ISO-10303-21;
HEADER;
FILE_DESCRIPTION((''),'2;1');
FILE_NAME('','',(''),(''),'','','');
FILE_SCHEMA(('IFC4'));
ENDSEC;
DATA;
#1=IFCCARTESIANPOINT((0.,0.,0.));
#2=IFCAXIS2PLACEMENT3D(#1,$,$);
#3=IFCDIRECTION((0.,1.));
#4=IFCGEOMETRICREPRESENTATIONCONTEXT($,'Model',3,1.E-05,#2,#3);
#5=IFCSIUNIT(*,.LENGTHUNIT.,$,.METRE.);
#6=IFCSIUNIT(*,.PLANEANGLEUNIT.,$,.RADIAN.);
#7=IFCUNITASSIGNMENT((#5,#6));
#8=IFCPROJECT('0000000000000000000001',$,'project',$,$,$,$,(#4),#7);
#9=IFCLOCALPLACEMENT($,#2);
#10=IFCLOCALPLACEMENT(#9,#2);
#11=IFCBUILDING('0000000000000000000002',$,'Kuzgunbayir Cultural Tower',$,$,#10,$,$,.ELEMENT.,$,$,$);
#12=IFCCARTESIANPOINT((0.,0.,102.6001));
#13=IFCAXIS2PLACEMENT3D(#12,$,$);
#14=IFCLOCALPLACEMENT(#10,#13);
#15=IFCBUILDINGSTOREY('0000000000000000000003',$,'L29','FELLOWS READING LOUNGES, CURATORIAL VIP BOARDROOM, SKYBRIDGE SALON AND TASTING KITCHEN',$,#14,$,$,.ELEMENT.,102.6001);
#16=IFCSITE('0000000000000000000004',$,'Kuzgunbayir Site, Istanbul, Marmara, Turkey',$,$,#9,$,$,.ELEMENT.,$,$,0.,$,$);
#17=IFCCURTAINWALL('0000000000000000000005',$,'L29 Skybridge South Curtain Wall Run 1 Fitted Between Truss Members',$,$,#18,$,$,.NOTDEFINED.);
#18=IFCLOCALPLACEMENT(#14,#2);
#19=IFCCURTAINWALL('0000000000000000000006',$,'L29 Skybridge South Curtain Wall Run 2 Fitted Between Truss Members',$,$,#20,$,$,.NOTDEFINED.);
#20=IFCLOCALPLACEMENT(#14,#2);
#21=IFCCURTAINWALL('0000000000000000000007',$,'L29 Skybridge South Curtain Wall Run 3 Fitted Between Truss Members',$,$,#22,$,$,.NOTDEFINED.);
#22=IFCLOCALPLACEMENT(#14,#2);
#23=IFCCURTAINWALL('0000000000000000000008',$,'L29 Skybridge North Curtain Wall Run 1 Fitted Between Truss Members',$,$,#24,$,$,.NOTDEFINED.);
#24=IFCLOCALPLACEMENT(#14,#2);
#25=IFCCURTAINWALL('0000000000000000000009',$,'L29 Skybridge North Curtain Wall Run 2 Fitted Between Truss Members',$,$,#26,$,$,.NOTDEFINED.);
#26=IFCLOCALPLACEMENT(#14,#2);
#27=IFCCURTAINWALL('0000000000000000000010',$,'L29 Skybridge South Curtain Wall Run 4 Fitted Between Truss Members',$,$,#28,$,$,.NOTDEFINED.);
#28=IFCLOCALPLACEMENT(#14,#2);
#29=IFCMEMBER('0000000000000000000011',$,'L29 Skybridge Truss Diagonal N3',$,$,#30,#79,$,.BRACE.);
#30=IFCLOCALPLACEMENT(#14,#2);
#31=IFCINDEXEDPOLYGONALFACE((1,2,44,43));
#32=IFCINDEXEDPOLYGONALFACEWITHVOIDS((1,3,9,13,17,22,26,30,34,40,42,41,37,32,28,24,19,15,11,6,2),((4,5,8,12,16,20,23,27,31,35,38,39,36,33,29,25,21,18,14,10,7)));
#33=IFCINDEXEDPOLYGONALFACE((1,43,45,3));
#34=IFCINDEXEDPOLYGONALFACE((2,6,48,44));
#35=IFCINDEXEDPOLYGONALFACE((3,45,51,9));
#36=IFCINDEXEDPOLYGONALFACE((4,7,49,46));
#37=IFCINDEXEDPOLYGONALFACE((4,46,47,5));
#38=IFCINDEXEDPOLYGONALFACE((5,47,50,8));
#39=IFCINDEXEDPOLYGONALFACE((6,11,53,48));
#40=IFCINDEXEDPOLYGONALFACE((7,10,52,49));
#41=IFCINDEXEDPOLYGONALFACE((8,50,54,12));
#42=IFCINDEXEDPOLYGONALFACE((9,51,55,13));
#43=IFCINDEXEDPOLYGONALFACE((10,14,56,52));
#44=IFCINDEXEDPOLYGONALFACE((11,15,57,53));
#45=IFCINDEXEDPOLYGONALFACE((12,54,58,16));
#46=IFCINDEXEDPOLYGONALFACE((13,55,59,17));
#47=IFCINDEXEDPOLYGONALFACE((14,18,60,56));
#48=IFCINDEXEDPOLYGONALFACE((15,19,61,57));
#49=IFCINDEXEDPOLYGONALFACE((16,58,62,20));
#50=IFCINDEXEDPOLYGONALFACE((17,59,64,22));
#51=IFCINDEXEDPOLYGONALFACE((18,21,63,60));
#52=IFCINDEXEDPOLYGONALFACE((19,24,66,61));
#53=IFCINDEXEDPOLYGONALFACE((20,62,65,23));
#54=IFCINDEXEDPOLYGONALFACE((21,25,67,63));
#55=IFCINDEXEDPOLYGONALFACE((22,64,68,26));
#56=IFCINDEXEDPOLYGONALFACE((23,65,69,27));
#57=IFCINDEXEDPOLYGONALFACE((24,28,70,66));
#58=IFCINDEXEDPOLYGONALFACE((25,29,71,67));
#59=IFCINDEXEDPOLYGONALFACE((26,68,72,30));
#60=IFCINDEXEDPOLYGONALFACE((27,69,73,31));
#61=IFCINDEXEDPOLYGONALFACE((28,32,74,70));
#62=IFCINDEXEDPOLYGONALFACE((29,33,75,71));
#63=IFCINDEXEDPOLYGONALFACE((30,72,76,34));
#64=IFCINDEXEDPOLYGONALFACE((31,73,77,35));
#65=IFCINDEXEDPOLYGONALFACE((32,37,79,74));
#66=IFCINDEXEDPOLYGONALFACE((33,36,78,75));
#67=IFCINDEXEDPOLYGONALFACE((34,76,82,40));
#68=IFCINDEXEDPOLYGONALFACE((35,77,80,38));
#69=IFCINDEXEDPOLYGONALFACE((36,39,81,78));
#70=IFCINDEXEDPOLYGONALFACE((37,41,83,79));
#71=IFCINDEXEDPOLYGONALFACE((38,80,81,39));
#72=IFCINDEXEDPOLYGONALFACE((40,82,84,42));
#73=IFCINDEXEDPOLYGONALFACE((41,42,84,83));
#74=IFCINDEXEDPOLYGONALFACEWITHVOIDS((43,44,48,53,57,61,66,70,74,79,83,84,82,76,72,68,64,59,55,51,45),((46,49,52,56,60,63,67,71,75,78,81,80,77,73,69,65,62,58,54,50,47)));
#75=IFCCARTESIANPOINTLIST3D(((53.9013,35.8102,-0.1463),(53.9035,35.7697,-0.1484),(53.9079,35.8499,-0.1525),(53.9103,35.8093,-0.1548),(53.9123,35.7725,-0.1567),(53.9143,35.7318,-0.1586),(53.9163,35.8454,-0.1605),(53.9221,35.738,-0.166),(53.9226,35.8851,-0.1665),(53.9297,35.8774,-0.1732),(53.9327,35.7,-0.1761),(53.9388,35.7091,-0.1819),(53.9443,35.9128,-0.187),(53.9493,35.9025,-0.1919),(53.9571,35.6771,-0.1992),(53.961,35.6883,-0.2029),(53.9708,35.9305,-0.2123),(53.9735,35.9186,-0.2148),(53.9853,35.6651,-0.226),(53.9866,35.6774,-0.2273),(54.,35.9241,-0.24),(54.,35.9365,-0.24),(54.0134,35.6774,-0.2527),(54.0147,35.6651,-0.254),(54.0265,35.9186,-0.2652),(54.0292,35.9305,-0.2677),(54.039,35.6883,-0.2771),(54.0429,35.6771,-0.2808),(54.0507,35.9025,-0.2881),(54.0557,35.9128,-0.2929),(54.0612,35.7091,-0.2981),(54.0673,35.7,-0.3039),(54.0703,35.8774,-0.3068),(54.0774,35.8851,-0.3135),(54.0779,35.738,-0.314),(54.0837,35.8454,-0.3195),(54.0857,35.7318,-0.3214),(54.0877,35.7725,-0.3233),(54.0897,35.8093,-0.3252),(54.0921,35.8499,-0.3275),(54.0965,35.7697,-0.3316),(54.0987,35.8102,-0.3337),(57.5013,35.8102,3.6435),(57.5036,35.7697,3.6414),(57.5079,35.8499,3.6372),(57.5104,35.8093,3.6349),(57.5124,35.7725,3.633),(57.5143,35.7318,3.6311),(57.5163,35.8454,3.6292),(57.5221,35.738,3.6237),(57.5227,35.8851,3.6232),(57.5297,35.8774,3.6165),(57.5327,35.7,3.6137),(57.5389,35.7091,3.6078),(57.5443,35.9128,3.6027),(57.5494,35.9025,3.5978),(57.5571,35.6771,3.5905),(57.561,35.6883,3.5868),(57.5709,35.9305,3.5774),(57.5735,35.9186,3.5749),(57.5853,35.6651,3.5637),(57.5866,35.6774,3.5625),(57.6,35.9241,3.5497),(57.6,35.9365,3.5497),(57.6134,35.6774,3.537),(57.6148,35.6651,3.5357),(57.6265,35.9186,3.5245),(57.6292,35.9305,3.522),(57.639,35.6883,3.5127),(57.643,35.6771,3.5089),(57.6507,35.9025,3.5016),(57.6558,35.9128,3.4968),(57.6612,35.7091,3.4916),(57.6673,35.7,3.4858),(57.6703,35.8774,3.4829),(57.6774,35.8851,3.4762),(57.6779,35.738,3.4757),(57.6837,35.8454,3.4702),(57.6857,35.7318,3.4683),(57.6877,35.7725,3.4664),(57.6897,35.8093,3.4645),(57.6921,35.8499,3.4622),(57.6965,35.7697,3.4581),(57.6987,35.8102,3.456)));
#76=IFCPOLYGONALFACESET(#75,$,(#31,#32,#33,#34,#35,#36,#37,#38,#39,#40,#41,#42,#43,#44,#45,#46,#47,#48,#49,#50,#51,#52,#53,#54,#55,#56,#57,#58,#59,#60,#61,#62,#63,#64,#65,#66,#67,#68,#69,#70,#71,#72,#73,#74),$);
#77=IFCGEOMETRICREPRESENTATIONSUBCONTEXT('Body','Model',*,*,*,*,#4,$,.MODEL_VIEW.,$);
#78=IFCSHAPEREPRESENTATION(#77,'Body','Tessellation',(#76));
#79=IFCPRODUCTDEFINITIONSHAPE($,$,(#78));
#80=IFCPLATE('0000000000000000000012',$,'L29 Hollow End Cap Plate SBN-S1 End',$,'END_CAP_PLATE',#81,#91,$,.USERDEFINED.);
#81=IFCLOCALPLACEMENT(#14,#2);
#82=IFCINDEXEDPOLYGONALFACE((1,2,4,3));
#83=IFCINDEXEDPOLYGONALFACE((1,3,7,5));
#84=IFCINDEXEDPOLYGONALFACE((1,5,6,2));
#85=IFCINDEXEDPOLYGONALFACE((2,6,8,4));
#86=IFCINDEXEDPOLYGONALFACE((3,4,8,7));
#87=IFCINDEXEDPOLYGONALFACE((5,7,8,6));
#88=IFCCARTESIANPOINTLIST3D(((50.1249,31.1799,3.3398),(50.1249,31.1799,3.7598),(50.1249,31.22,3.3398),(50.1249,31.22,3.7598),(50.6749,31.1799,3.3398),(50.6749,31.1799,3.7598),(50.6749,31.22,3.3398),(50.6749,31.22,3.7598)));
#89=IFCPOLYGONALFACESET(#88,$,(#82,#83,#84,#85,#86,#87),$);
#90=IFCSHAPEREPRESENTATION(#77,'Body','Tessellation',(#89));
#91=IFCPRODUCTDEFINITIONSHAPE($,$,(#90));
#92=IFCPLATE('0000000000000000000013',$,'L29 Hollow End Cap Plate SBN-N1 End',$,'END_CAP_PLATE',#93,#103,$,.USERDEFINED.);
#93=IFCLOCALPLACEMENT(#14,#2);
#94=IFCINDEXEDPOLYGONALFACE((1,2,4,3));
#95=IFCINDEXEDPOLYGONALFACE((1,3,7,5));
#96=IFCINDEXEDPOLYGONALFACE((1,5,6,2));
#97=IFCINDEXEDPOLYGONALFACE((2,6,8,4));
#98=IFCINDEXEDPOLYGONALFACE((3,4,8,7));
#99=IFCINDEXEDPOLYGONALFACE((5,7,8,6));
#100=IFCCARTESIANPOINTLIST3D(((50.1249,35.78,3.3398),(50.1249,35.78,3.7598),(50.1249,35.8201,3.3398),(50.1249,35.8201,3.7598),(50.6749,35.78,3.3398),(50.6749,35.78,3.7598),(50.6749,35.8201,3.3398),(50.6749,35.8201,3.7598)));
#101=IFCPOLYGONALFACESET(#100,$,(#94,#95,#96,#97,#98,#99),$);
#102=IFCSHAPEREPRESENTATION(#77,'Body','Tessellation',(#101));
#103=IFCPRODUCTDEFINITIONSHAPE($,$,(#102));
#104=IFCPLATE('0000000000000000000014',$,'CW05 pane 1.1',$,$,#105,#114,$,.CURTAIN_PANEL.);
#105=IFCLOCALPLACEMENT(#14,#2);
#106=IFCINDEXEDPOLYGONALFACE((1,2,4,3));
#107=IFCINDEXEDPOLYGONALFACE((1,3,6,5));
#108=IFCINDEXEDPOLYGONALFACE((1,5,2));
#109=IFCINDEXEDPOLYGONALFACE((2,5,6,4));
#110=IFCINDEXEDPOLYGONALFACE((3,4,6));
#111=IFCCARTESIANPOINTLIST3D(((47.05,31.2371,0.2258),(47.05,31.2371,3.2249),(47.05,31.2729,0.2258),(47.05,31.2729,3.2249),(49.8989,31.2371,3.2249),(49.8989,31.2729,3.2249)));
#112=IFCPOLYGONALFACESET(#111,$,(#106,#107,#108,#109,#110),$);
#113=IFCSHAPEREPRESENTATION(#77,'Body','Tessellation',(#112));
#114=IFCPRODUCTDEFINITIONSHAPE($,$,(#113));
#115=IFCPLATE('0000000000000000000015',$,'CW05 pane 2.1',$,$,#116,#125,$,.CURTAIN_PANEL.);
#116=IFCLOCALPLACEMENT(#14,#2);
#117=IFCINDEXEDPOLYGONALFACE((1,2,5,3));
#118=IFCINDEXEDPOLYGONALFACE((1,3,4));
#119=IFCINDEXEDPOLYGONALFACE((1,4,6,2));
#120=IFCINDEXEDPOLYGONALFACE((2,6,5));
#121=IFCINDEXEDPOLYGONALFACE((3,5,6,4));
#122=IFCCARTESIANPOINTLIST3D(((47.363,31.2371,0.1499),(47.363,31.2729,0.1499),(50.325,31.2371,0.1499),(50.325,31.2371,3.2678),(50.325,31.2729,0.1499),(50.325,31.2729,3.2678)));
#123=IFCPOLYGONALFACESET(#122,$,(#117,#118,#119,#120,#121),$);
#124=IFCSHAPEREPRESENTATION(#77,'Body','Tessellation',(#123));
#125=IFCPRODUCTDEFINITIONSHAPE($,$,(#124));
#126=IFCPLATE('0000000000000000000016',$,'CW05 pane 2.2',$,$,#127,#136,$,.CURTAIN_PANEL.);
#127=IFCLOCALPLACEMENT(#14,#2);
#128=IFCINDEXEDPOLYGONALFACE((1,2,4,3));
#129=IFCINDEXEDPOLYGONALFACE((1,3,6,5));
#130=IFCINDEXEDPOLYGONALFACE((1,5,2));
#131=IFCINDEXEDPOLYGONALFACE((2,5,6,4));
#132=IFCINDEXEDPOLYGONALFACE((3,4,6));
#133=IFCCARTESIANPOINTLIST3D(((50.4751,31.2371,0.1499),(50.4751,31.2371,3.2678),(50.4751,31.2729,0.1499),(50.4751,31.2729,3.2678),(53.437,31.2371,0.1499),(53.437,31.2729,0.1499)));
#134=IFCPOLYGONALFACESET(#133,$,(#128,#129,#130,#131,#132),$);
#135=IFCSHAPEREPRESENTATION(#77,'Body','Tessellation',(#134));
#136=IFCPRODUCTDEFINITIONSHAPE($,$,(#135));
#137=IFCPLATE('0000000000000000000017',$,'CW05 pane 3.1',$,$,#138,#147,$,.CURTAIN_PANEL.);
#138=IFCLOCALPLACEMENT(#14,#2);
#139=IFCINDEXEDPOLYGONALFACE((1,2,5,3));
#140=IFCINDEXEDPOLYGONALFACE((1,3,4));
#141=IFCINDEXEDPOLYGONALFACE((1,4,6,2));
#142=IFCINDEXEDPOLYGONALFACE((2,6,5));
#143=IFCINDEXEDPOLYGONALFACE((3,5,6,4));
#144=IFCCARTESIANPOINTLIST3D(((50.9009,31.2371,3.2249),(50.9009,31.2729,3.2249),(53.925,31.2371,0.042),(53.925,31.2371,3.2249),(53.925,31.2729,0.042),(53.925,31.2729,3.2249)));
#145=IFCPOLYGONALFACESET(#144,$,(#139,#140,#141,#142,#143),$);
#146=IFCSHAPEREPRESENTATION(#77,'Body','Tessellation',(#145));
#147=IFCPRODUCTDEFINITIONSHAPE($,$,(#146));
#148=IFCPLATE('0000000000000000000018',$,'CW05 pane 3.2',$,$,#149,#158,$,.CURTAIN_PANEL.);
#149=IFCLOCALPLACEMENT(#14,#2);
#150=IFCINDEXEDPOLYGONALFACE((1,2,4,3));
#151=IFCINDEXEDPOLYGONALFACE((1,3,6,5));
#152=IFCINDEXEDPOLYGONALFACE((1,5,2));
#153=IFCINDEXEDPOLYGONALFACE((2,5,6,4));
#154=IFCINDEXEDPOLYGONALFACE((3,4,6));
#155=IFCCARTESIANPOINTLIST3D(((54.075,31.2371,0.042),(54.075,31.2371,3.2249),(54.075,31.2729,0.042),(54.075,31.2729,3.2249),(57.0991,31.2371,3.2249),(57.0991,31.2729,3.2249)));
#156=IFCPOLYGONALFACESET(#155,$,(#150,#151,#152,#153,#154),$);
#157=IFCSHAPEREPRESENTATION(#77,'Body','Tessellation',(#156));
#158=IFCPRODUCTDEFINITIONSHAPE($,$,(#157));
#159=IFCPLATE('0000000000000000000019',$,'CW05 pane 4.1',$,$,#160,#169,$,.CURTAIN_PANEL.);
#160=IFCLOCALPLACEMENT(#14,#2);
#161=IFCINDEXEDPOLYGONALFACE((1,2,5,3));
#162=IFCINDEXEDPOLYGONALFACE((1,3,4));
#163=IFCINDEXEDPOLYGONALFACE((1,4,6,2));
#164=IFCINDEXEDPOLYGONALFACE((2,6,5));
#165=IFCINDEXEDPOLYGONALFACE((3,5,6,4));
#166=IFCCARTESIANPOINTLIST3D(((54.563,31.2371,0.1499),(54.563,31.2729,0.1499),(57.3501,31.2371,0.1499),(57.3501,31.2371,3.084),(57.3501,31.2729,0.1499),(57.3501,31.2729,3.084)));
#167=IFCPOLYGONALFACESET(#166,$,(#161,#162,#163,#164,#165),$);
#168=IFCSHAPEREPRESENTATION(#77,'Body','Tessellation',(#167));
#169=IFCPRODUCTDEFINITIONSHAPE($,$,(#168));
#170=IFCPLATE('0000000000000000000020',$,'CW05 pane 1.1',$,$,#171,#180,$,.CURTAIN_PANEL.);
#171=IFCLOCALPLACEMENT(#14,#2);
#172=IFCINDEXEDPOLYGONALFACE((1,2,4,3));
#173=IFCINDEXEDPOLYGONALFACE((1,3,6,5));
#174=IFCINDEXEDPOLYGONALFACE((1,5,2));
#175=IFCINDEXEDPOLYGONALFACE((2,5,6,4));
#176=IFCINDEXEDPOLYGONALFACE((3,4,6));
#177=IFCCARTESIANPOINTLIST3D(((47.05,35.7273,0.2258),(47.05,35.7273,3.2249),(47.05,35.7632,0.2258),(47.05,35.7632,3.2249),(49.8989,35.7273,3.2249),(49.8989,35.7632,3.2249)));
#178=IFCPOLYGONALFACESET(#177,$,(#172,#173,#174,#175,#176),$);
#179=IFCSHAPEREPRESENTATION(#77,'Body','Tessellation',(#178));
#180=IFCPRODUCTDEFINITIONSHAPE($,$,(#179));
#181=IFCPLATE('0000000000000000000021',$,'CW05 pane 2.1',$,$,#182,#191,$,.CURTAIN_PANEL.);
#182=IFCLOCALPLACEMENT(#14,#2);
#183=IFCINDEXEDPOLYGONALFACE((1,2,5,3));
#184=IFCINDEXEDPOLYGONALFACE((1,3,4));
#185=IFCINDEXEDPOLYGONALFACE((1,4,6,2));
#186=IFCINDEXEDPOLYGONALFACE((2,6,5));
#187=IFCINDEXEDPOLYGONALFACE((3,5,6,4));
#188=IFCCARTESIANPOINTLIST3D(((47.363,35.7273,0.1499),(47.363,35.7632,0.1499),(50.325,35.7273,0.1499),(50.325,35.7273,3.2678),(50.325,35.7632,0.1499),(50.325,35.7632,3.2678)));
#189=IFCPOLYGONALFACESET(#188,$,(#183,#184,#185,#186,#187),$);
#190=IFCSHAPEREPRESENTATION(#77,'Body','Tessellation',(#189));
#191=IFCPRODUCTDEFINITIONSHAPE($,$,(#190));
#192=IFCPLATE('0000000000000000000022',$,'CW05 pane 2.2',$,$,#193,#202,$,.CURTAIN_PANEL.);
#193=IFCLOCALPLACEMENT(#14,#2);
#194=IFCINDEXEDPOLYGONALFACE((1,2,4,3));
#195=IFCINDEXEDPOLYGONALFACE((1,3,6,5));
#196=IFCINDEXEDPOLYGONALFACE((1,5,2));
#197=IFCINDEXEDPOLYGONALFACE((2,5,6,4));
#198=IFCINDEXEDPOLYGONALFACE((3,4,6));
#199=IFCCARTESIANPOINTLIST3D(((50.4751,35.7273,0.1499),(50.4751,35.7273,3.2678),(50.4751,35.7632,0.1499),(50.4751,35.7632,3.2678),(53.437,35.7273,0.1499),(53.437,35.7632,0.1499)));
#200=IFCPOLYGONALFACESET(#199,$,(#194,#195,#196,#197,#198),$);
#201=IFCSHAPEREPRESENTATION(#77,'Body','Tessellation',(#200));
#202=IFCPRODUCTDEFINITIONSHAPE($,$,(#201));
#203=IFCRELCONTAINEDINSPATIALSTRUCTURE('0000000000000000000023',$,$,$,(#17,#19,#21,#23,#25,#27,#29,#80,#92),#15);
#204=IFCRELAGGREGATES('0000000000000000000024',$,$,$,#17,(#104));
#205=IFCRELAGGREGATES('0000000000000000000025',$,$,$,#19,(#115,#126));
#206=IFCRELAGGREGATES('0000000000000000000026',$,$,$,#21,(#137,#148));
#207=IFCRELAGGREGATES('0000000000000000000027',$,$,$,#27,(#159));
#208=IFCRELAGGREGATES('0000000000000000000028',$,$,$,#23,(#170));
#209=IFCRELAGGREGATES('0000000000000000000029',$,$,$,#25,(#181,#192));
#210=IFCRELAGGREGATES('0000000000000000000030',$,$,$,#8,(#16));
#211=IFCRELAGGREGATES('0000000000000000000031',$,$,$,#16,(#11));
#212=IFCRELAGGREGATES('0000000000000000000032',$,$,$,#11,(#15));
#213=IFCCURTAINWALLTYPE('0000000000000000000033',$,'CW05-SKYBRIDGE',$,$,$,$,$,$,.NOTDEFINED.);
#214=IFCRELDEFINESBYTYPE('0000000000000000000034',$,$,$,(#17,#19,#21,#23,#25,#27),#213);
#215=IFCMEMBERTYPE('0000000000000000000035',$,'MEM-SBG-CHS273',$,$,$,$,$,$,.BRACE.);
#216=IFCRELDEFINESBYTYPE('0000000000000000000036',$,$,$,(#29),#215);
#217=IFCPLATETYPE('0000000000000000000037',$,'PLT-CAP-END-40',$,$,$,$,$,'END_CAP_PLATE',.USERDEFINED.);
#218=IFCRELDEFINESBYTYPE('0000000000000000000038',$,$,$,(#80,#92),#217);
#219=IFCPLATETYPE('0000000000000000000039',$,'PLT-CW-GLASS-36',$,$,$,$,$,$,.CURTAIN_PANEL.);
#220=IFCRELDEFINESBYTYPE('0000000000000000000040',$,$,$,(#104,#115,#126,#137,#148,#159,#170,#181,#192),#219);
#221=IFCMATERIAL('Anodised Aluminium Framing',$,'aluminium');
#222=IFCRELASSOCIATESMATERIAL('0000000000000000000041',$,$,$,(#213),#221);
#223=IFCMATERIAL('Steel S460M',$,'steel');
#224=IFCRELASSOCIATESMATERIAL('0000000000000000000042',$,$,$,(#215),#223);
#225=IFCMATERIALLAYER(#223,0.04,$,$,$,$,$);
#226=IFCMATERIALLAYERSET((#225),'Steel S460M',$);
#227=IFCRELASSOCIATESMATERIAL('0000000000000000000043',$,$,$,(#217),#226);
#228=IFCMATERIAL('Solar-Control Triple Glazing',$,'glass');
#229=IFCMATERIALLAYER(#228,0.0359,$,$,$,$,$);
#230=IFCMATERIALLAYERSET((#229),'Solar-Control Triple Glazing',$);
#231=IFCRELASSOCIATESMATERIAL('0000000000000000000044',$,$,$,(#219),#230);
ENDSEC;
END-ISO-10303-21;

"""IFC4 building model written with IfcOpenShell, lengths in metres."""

from ifc_helpers import new_model, si_unit, direction, frame, origin, origin_2d, place, context, subcontext, project, spatial, polyline, rectangle, hollow_circle, outline, extrude, material, layer, layer_set, material_profile, profile_set, type_object, element, aggregate, save


model = new_model("IFC4")

# Units and contexts
model_context = context("Model", 3, precision=1e-05, world=origin(), true_north=direction((0.0, 1.0)))
body_context = subcontext(model_context, "Body", "Model", "MODEL_VIEW")
ifc_project = project(units=[si_unit("LENGTHUNIT", "METRE"), si_unit("PLANEANGLEUNIT", "RADIAN")], contexts=[model_context])

# Site, building, storey
site_placement = place(None, origin())
site = spatial("IfcSite", under=ifc_project, at=site_placement, Name="Kuzgunbayir Site, Istanbul, Marmara, Turkey", CompositionType="ELEMENT", RefElevation=0.0)
building_placement = place(site_placement, origin())
building = spatial("IfcBuilding", under=site, at=building_placement, Name="Kuzgunbayir Cultural Tower", CompositionType="ELEMENT")
storey_placement = place(building_placement, frame((0.0, 0.0, 102.6001)))
storey = spatial("IfcBuildingStorey", under=building, at=storey_placement, Name="L29", Description="FELLOWS READING LOUNGES, CURATORIAL VIP BOARDROOM, SKYBRIDGE SALON AND TASTING KITCHEN", CompositionType="ELEMENT", Elevation=102.6001)

# Curtain walls
ifc_material_1 = material(Name="Anodised Aluminium Framing", Category="aluminium")
curtain_wall_type = type_object("IfcCurtainWallType", Name="CW05-SKYBRIDGE", PredefinedType="NOTDEFINED", material=ifc_material_1)
curtain_wall_1_placement = place(storey_placement, origin())
curtain_wall_1 = element("IfcCurtainWall", 1, at=curtain_wall_1_placement, inside=storey, type_object=curtain_wall_type, Name="L29 Skybridge South Curtain Wall Run 1 Fitted Between Truss Members", PredefinedType="NOTDEFINED")
curtain_wall_2_placement = place(storey_placement, origin())
curtain_wall_2 = element("IfcCurtainWall", 2, at=curtain_wall_2_placement, inside=storey, type_object=curtain_wall_type, Name="L29 Skybridge South Curtain Wall Run 2 Fitted Between Truss Members", PredefinedType="NOTDEFINED")
curtain_wall_3_placement = place(storey_placement, origin())
curtain_wall_3 = element("IfcCurtainWall", 3, at=curtain_wall_3_placement, inside=storey, type_object=curtain_wall_type, Name="L29 Skybridge South Curtain Wall Run 3 Fitted Between Truss Members", PredefinedType="NOTDEFINED")
curtain_wall_4_placement = place(storey_placement, origin())
curtain_wall_4 = element("IfcCurtainWall", 4, at=curtain_wall_4_placement, inside=storey, type_object=curtain_wall_type, Name="L29 Skybridge North Curtain Wall Run 1 Fitted Between Truss Members", PredefinedType="NOTDEFINED")
curtain_wall_5_placement = place(storey_placement, origin())
curtain_wall_5 = element("IfcCurtainWall", 5, at=curtain_wall_5_placement, inside=storey, type_object=curtain_wall_type, Name="L29 Skybridge North Curtain Wall Run 2 Fitted Between Truss Members", PredefinedType="NOTDEFINED")

# Curtain wall
curtain_wall_6_placement = place(storey_placement, origin())
curtain_wall_6 = element("IfcCurtainWall", 6, at=curtain_wall_6_placement, inside=storey, type_object=curtain_wall_type, Name="L29 Skybridge South Curtain Wall Run 4 Fitted Between Truss Members", PredefinedType="NOTDEFINED")

# Member
ifc_material_2 = material(Name="Steel S460M", Category="steel")
ifc_material_profile_1 = material_profile(ifc_material_2, hollow_circle(Radius=0.1365, WallThickness=0.0125, at=origin_2d()), Name="CHS 273x12.5")
ifc_profile_set_1 = profile_set([ifc_material_profile_1], Name="Steel S460M")
member_type_1 = type_object("IfcMemberType", Name="MEM-SBG-CHS273", PredefinedType="BRACE", material=ifc_profile_set_1)
for number, where, z_axis, x_axis, name in (
    (7, (54.0, 35.8, -0.24), (0.688729, 0.0, 0.725019), (0.0, 1.0, 0.0), "L29 Skybridge Truss Diagonal N3"),
):
    element("IfcMember", number, at=place(storey_placement, frame(where, z_axis=z_axis, x_axis=x_axis)), inside=storey, type_object=member_type_1, Name=name, PredefinedType="BRACE", context=body_context, shape_type="SweptSolid", body=[
        extrude(hollow_circle(Radius=0.1365, WallThickness=0.0125, at=origin_2d()), origin(), (0.0, 0.0, 1.0), 5.2271),
    ])

# Plates
ifc_layer_1 = layer(ifc_material_2, 0.04)
ifc_layer_set_1 = layer_set([ifc_layer_1], Name="Steel S460M")
plate_type_1 = type_object("IfcPlateType", Name="PLT-CAP-END-40", ElementType="END_CAP_PLATE", PredefinedType="USERDEFINED", material=ifc_layer_set_1)
for number, where, z_axis, x_axis, name in (
    (8, (50.3999, 31.2, 3.3398), (0.0, 0.0, 1.0), (1.0, 0.0, 0.0), "L29 Hollow End Cap Plate SBN-S1 End"),
    (9, (50.3999, 35.8, 3.3398), (0.0, 0.0, 1.0), (1.0, 0.0, 0.0), "L29 Hollow End Cap Plate SBN-N1 End"),
):
    element("IfcPlate", number, at=place(storey_placement, frame(where, z_axis=z_axis, x_axis=x_axis)), inside=storey, type_object=plate_type_1, Name=name, ObjectType="END_CAP_PLATE", PredefinedType="USERDEFINED", context=body_context, shape_type="SweptSolid", body=[
        extrude(rectangle(XDim=0.55, YDim=0.04, at=origin_2d()), origin(), (0.0, 0.0, 1.0), 0.4199),
    ])

# Plates
ifc_material_3 = material(Name="Solar-Control Triple Glazing", Category="glass")
ifc_layer_2 = layer(ifc_material_3, 0.0359)
ifc_layer_set_2 = layer_set([ifc_layer_2], Name="Solar-Control Triple Glazing")
plate_type_2 = type_object("IfcPlateType", Name="PLT-CW-GLASS-36", PredefinedType="CURTAIN_PANEL", material=ifc_layer_set_2)
plate_1_placement = place(storey_placement, frame((47.05, 31.2729, 0.2258), z_axis=(0.0, 1.0, 0.0), x_axis=(0.0, 0.0, 1.0)))
plate_1 = element("IfcPlate", 10, at=plate_1_placement, type_object=plate_type_2, Name="CW05 pane 1.1", PredefinedType="CURTAIN_PANEL", context=body_context, shape_type="SweptSolid", body=[
    extrude(outline(polyline([(0.0, 0.0), (2.999, 0.0), (2.999, 2.8489), (0.0, 0.0)])), origin(), (0.0, 0.0, -1.0), 0.0359),
])
aggregate(curtain_wall_1, [plate_1])
plate_2_placement = place(storey_placement, frame((47.363, 31.2729, 0.1499), z_axis=(0.0, 1.0, 0.0), x_axis=(1.0, 0.0, 0.0)))
plate_2 = element("IfcPlate", 11, at=plate_2_placement, type_object=plate_type_2, Name="CW05 pane 2.1", PredefinedType="CURTAIN_PANEL", context=body_context, shape_type="SweptSolid", body=[
    extrude(outline(polyline([(0.0, 0.0), (2.9619, 0.0), (2.9619, -3.1179), (0.0, 0.0)])), origin(), (0.0, 0.0, -1.0), 0.0359),
])
plate_3_placement = place(storey_placement, frame((50.4751, 31.2729, 0.1499), z_axis=(0.0, 1.0, 0.0), x_axis=(1.0, 0.0, 0.0)))
plate_3 = element("IfcPlate", 12, at=plate_3_placement, type_object=plate_type_2, Name="CW05 pane 2.2", PredefinedType="CURTAIN_PANEL", context=body_context, shape_type="SweptSolid", body=[
    extrude(outline(polyline([(0.0, 0.0), (2.9619, 0.0), (0.0, -3.1179), (0.0, 0.0)])), origin(), (0.0, 0.0, -1.0), 0.0359),
])
aggregate(curtain_wall_2, [plate_2, plate_3])
plate_4_placement = place(storey_placement, frame((50.9009, 31.2729, 3.2249), z_axis=(0.0, 1.0, 0.0), x_axis=(1.0, 0.0, 0.0)))
plate_4 = element("IfcPlate", 13, at=plate_4_placement, type_object=plate_type_2, Name="CW05 pane 3.1", PredefinedType="CURTAIN_PANEL", context=body_context, shape_type="SweptSolid", body=[
    extrude(outline(polyline([(0.0, 0.0), (3.0242, 0.0), (3.0242, 3.1829), (0.0, 0.0)])), origin(), (0.0, 0.0, -1.0), 0.0359),
])
plate_5_placement = place(storey_placement, frame((54.075, 31.2729, 3.2249), z_axis=(0.0, 1.0, 0.0), x_axis=(1.0, 0.0, 0.0)))
plate_5 = element("IfcPlate", 14, at=plate_5_placement, type_object=plate_type_2, Name="CW05 pane 3.2", PredefinedType="CURTAIN_PANEL", context=body_context, shape_type="SweptSolid", body=[
    extrude(outline(polyline([(0.0, 0.0), (3.0242, 0.0), (0.0, 3.1829), (0.0, 0.0)])), origin(), (0.0, 0.0, -1.0), 0.0359),
])
aggregate(curtain_wall_3, [plate_4, plate_5])
plate_6_placement = place(storey_placement, frame((54.563, 31.2729, 0.1499), z_axis=(0.0, 1.0, 0.0), x_axis=(1.0, 0.0, 0.0)))
plate_6 = element("IfcPlate", 15, at=plate_6_placement, type_object=plate_type_2, Name="CW05 pane 4.1", PredefinedType="CURTAIN_PANEL", context=body_context, shape_type="SweptSolid", body=[
    extrude(outline(polyline([(0.0, 0.0), (2.7871, 0.0), (2.7871, -2.9341), (0.0, 0.0)])), origin(), (0.0, 0.0, -1.0), 0.0359),
])
aggregate(curtain_wall_6, [plate_6])
plate_7_placement = place(storey_placement, frame((47.05, 35.7632, 0.2258), z_axis=(0.0, 1.0, 0.0), x_axis=(0.0, 0.0, 1.0)))
plate_7 = element("IfcPlate", 16, at=plate_7_placement, type_object=plate_type_2, Name="CW05 pane 1.1", PredefinedType="CURTAIN_PANEL", context=body_context, shape_type="SweptSolid", body=[
    extrude(outline(polyline([(0.0, 0.0), (2.999, 0.0), (2.999, 2.8489), (0.0, 0.0)])), origin(), (0.0, 0.0, -1.0), 0.0359),
])
aggregate(curtain_wall_4, [plate_7])
plate_8_placement = place(storey_placement, frame((47.363, 35.7632, 0.1499), z_axis=(0.0, 1.0, 0.0), x_axis=(1.0, 0.0, 0.0)))
plate_8 = element("IfcPlate", 17, at=plate_8_placement, type_object=plate_type_2, Name="CW05 pane 2.1", PredefinedType="CURTAIN_PANEL", context=body_context, shape_type="SweptSolid", body=[
    extrude(outline(polyline([(0.0, 0.0), (2.9619, 0.0), (2.9619, -3.1179), (0.0, 0.0)])), origin(), (0.0, 0.0, -1.0), 0.0359),
])
plate_9_placement = place(storey_placement, frame((50.4751, 35.7632, 0.1499), z_axis=(0.0, 1.0, 0.0), x_axis=(1.0, 0.0, 0.0)))
plate_9 = element("IfcPlate", 18, at=plate_9_placement, type_object=plate_type_2, Name="CW05 pane 2.2", PredefinedType="CURTAIN_PANEL", context=body_context, shape_type="SweptSolid", body=[
    extrude(outline(polyline([(0.0, 0.0), (2.9619, 0.0), (0.0, -3.1179), (0.0, 0.0)])), origin(), (0.0, 0.0, -1.0), 0.0359),
])
aggregate(curtain_wall_5, [plate_8, plate_9])

save(model, "model.ifc")
